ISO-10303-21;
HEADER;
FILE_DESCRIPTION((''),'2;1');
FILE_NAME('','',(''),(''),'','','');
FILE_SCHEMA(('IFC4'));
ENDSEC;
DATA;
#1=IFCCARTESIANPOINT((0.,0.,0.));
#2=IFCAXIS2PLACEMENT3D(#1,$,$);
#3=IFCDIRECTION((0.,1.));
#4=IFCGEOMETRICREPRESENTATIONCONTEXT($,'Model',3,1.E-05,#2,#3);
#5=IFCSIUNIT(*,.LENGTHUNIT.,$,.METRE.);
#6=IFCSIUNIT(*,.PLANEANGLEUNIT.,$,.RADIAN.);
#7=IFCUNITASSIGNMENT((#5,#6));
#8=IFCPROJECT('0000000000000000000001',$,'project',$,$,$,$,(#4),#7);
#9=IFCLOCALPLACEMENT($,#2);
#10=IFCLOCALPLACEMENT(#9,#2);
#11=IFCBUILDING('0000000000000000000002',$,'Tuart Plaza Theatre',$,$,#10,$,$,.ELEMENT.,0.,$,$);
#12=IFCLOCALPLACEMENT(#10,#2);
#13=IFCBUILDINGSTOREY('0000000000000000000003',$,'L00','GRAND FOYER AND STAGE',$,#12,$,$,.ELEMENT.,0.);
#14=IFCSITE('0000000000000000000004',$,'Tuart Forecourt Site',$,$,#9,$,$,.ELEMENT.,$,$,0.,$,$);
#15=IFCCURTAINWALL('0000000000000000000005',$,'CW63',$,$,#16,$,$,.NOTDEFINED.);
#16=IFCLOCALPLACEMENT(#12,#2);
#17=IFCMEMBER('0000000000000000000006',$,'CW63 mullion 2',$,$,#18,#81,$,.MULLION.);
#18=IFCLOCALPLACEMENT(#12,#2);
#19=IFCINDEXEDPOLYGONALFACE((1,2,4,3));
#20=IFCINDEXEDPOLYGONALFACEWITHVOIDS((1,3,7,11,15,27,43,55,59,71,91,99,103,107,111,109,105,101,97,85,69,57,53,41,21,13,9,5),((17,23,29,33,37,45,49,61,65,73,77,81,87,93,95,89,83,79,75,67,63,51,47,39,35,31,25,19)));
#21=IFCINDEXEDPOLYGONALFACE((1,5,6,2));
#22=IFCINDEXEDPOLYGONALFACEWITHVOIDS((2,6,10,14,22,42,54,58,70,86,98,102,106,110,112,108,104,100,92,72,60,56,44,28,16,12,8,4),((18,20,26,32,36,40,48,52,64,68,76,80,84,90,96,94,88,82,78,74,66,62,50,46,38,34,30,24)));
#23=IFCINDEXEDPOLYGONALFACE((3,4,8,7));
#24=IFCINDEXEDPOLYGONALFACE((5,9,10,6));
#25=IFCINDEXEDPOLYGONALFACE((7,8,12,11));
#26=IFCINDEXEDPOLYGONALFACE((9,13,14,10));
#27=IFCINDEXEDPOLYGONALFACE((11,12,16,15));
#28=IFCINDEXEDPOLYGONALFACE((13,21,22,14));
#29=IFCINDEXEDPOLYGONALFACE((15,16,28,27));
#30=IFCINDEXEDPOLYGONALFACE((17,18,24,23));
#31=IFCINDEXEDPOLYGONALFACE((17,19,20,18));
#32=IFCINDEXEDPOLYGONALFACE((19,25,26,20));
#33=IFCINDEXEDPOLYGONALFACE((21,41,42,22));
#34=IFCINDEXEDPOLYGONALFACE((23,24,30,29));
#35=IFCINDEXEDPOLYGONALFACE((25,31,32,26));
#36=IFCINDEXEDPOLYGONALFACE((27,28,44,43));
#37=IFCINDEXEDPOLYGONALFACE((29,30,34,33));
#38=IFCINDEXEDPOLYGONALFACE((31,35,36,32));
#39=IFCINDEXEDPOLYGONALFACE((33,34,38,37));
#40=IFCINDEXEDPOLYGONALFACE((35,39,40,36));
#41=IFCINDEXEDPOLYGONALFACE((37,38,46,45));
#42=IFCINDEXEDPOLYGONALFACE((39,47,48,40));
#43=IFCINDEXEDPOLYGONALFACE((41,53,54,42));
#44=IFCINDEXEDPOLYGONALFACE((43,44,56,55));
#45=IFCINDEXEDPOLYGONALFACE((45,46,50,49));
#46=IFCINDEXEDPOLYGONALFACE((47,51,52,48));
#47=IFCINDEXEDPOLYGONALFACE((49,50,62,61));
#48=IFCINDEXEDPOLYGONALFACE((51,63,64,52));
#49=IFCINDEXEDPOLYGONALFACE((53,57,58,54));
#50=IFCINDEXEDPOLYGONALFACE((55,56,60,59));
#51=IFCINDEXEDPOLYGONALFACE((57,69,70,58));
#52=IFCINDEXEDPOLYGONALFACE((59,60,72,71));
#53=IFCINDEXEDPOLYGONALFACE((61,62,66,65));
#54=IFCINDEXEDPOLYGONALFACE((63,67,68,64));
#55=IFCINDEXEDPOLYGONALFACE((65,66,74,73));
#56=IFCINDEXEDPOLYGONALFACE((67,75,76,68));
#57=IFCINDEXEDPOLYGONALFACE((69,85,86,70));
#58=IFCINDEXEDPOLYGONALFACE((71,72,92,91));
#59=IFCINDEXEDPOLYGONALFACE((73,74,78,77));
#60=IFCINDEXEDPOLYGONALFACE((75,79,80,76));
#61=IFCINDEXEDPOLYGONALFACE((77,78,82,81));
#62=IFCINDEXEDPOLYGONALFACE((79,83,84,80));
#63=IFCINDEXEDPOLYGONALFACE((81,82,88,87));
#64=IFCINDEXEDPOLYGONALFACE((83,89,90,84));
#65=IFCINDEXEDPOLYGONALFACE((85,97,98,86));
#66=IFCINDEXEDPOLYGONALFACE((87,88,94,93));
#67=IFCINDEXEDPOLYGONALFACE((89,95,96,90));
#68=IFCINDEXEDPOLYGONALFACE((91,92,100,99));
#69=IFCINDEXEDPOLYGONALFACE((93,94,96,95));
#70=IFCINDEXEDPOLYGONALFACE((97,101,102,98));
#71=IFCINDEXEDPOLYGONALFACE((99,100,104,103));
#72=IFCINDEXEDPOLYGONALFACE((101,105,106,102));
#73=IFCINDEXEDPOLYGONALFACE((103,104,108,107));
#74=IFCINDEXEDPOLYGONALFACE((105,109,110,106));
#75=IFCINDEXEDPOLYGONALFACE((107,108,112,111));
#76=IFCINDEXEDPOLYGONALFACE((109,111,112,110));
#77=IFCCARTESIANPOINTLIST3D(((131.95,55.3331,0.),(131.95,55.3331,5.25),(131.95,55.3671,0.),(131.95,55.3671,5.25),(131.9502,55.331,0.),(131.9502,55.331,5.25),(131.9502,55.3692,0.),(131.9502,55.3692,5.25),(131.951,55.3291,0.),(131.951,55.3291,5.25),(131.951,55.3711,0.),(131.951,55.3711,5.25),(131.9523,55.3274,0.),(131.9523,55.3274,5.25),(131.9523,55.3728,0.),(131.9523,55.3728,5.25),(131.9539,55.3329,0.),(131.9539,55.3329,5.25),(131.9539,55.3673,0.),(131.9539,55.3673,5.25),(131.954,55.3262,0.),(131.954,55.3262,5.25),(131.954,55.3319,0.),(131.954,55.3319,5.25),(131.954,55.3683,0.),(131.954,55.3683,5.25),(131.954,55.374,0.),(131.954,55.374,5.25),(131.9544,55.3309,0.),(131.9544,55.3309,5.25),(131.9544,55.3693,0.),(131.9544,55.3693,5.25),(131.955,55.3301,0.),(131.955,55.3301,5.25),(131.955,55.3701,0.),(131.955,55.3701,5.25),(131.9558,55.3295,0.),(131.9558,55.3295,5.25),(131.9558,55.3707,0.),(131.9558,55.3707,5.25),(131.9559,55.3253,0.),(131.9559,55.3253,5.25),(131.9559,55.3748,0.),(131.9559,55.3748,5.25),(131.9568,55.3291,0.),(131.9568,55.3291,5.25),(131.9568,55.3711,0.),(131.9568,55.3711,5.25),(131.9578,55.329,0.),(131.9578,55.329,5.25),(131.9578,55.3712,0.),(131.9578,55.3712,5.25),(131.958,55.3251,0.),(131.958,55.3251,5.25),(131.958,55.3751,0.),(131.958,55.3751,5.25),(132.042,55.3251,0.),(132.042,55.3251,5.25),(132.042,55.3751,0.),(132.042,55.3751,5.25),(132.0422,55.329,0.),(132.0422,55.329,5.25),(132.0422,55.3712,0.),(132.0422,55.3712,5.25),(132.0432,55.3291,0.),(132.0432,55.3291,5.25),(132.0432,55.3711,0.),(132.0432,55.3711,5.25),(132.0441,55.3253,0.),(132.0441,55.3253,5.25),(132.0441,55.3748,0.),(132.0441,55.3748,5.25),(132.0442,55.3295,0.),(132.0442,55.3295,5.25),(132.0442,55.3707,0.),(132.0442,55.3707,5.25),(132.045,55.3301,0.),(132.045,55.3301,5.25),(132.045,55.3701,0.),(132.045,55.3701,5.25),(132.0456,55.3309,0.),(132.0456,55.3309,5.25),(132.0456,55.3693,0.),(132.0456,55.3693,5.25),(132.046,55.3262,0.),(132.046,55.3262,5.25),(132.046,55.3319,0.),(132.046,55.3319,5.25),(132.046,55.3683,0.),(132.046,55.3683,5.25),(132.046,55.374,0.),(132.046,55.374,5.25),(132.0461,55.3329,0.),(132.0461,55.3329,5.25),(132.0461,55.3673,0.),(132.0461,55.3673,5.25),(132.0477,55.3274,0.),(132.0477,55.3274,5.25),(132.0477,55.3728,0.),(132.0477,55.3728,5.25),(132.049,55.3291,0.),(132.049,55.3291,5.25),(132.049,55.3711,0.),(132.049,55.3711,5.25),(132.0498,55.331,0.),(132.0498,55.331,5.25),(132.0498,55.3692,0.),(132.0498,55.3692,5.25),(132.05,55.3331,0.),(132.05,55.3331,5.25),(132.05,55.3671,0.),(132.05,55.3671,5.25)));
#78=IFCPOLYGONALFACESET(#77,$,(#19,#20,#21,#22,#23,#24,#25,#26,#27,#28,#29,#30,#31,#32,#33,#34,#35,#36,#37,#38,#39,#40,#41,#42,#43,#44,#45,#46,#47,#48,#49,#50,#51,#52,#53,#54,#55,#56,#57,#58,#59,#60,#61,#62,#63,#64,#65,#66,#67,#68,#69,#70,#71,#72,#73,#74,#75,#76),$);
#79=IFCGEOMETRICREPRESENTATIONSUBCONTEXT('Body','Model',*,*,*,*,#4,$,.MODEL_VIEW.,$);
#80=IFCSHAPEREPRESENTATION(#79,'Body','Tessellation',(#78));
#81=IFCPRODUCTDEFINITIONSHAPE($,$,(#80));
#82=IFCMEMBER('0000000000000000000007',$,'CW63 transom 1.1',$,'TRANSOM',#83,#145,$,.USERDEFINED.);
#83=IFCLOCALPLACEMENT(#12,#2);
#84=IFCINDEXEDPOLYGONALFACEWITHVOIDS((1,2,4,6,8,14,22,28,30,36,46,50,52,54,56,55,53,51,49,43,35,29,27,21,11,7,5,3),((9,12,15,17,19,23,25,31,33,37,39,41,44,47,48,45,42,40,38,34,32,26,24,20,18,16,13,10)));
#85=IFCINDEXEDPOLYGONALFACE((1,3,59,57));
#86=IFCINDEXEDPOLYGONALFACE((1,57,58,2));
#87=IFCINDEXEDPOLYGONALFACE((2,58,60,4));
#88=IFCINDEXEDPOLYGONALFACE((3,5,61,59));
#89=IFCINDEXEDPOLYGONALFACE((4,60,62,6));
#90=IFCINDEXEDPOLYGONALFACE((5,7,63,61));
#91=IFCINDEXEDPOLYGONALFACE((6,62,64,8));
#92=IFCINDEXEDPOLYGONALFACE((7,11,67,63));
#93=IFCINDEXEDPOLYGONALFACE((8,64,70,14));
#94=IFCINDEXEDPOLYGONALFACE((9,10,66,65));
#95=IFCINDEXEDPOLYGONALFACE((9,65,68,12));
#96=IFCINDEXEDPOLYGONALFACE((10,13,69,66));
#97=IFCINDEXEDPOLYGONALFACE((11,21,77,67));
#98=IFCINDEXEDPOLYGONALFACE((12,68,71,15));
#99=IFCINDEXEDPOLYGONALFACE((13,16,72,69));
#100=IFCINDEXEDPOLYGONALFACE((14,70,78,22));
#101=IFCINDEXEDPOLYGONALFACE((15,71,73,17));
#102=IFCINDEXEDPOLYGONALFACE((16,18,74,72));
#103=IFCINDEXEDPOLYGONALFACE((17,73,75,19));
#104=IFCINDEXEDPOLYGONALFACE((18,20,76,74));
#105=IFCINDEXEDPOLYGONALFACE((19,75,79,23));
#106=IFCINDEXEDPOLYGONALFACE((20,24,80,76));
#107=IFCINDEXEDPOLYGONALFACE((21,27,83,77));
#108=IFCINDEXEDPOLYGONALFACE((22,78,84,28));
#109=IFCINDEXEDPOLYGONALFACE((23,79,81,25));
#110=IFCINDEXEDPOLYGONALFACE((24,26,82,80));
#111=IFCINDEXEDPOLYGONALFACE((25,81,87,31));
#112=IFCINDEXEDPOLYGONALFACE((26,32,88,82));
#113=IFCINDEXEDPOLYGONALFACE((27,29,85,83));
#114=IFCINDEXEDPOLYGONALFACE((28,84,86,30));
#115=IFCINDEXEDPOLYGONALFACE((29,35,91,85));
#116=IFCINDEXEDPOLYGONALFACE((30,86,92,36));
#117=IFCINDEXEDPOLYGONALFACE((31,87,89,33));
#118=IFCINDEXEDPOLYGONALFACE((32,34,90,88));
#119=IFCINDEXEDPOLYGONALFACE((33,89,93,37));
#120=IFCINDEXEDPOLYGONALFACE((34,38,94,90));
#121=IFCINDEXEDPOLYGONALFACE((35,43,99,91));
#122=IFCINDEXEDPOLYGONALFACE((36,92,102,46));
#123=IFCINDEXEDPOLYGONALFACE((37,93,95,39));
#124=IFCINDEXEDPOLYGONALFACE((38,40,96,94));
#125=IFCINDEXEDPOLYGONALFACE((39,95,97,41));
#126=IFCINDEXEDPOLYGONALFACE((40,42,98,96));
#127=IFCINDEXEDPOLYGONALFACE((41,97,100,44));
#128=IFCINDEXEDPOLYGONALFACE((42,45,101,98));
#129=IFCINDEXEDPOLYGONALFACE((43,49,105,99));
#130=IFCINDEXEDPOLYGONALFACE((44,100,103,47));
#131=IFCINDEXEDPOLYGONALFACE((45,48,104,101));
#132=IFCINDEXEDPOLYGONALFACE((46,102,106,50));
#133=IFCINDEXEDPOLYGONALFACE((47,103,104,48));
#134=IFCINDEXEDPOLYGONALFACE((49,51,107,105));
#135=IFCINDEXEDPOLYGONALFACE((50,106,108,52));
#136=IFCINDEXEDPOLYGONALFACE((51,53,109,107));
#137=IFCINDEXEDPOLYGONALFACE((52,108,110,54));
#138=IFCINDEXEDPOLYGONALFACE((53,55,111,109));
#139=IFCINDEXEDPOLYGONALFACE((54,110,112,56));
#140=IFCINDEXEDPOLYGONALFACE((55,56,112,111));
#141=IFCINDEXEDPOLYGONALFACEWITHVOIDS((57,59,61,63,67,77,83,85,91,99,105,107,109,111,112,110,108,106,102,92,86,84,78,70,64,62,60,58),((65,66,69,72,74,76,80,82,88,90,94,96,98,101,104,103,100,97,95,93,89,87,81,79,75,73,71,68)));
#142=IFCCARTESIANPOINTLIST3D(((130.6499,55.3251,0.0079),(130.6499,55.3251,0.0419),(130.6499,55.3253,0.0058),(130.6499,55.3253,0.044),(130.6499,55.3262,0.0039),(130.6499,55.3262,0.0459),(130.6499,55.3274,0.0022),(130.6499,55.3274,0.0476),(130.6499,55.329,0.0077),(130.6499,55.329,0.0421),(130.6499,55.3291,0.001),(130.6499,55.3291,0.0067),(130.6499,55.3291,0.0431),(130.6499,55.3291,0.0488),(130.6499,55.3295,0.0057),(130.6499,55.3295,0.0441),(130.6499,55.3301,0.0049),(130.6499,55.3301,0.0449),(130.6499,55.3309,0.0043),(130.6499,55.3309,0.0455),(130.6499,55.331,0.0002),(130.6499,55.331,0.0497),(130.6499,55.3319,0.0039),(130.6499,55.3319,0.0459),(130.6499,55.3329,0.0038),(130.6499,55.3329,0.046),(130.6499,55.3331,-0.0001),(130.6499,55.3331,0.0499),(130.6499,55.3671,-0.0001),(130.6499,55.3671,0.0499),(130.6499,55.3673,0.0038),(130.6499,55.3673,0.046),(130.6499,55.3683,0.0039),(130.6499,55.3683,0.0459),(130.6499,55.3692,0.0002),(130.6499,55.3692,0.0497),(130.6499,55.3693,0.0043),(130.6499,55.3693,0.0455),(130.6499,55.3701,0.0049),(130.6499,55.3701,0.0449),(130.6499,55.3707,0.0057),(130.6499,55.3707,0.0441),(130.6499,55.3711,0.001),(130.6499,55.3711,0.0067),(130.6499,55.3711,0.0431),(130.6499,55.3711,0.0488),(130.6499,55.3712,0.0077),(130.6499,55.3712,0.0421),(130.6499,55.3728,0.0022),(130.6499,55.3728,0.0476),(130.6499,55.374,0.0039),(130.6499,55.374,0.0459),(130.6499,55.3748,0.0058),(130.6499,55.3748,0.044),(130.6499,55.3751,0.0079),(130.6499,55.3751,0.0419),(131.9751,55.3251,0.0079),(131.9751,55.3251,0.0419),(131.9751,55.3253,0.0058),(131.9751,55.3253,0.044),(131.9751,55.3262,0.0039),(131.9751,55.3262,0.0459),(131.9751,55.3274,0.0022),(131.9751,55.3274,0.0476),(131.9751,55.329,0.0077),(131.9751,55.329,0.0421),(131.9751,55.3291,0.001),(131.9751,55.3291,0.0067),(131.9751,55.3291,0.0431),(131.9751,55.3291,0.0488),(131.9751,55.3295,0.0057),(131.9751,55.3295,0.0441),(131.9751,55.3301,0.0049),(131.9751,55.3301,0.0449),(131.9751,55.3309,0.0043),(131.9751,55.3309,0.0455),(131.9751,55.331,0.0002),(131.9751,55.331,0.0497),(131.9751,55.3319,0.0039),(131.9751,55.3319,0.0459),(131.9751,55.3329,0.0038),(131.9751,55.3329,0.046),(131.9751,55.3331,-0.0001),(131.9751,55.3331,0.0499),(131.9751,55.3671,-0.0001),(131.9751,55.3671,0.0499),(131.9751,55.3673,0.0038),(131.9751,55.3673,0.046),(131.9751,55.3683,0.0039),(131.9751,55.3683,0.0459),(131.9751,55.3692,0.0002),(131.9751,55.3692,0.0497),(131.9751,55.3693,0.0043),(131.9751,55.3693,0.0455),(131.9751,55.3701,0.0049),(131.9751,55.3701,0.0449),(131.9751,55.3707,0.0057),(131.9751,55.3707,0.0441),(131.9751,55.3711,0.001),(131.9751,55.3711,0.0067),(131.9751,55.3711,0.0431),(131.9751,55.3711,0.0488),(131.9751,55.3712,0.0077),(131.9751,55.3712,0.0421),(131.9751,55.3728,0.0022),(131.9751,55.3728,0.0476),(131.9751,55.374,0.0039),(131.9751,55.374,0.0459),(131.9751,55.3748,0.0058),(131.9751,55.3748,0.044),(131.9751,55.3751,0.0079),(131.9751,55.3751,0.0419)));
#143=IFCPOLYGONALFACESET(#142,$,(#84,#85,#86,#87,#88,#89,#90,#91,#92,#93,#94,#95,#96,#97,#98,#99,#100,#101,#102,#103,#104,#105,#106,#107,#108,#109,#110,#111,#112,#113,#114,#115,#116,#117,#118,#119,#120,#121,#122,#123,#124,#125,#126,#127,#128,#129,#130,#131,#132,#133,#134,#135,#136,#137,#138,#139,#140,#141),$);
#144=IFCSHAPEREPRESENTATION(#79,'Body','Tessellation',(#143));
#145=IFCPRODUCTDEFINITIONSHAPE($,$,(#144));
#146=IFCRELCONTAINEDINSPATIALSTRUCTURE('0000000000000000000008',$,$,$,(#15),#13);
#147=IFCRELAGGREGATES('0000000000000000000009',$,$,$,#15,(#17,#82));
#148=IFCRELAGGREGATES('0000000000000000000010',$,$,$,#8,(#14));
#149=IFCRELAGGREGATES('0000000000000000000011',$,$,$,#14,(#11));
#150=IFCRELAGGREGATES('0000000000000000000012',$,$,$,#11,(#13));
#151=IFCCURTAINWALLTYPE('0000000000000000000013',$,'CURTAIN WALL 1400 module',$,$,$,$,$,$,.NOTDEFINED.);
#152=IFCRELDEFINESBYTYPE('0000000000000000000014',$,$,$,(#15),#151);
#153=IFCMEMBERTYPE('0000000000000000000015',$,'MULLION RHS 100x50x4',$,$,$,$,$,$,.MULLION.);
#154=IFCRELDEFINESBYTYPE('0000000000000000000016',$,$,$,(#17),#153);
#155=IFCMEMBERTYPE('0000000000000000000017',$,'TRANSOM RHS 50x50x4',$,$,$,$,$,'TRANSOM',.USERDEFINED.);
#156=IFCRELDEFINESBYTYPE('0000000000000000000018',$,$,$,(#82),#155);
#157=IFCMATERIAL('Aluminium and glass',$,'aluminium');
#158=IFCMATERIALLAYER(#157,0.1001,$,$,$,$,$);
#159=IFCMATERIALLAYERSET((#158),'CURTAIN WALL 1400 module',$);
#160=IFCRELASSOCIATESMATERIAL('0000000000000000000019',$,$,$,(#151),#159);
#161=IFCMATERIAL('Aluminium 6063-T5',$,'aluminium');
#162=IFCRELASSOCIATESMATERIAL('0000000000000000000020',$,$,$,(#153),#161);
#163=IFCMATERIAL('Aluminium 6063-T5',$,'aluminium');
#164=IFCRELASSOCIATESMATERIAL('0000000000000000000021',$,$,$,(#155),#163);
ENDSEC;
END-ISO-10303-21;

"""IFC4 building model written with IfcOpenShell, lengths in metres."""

from ifc_helpers import new_model, si_unit, direction, frame, origin, origin_2d, place, context, subcontext, project, spatial, hollow_rectangle, extrude, material, layer, layer_set, material_profile, profile_set, type_object, element, aggregate, save


model = new_model("IFC4")

# Units and contexts
model_context = context("Model", 3, precision=1e-05, world=origin(), true_north=direction((0.0, 1.0)))
body_context = subcontext(model_context, "Body", "Model", "MODEL_VIEW")
ifc_project = project(units=[si_unit("LENGTHUNIT", "METRE"), si_unit("PLANEANGLEUNIT", "RADIAN")], contexts=[model_context])

# Site, building, storey
site_placement = place(None, origin())
site = spatial("IfcSite", under=ifc_project, at=site_placement, Name="Tuart Forecourt Site", CompositionType="ELEMENT", RefElevation=0.0)
building_placement = place(site_placement, origin())
building = spatial("IfcBuilding", under=site, at=building_placement, Name="Tuart Plaza Theatre", CompositionType="ELEMENT", ElevationOfRefHeight=0.0)
storey_placement = place(building_placement, origin())
storey = spatial("IfcBuildingStorey", under=building, at=storey_placement, Name="L00", Description="GRAND FOYER AND STAGE", CompositionType="ELEMENT", Elevation=0.0)

# Curtain wall, members
ifc_material_1 = material(Name="Aluminium and glass", Category="aluminium")
ifc_layer_1 = layer(ifc_material_1, 0.1001)
ifc_layer_set_1 = layer_set([ifc_layer_1], Name="CURTAIN WALL 1400 module")
curtain_wall_type_1 = type_object("IfcCurtainWallType", Name="CURTAIN WALL 1400 module", PredefinedType="NOTDEFINED", material=ifc_layer_set_1)
curtain_wall_1_placement = place(storey_placement, origin())
curtain_wall_1 = element("IfcCurtainWall", 1, at=curtain_wall_1_placement, inside=storey, type_object=curtain_wall_type_1, Name="CW63", PredefinedType="NOTDEFINED")
ifc_material_2 = material(Name="Aluminium 6063-T5", Category="aluminium")
ifc_material_profile_1 = material_profile(ifc_material_2, hollow_rectangle(XDim=0.05, YDim=0.1001, WallThickness=0.0039, InnerFilletRadius=0.0039, OuterFilletRadius=0.0081, at=origin_2d()), Name="RHS 100x50x4")
ifc_profile_set_1 = profile_set([ifc_material_profile_1], Name="Aluminium 6063-T5")
member_type_1 = type_object("IfcMemberType", Name="MULLION RHS 100x50x4", PredefinedType="MULLION", material=ifc_profile_set_1)
member_1_placement = place(storey_placement, frame((132.0, 55.3501, 0.0), z_axis=(0.0, 0.0, 1.0), x_axis=(0.0, 1.0, 0.0)))
member_1 = element("IfcMember", 2, at=member_1_placement, type_object=member_type_1, Name="CW63 mullion 2", PredefinedType="MULLION", context=body_context, shape_type="SweptSolid", body=[
    extrude(hollow_rectangle(XDim=0.05, YDim=0.1001, WallThickness=0.0039, InnerFilletRadius=0.0039, OuterFilletRadius=0.0081, at=origin_2d()), origin(), (0.0, 0.0, 1.0), 5.25),
])
ifc_material_3 = material(Name="Aluminium 6063-T5", Category="aluminium")
ifc_material_profile_2 = material_profile(ifc_material_3, hollow_rectangle(XDim=0.05, YDim=0.05, WallThickness=0.0039, InnerFilletRadius=0.0039, OuterFilletRadius=0.0081, at=origin_2d()), Name="RHS 50x50x4")
ifc_profile_set_2 = profile_set([ifc_material_profile_2], Name="Aluminium 6063-T5")
member_type_2 = type_object("IfcMemberType", Name="TRANSOM RHS 50x50x4", ElementType="TRANSOM", PredefinedType="USERDEFINED", material=ifc_profile_set_2)
member_2_placement = place(storey_placement, frame((130.6499, 55.3501, 0.0249), z_axis=(1.0, 0.0, 0.0), x_axis=(0.0, 1.0, 0.0)))
member_2 = element("IfcMember", 3, at=member_2_placement, type_object=member_type_2, Name="CW63 transom 1.1", ObjectType="TRANSOM", PredefinedType="USERDEFINED", context=body_context, shape_type="SweptSolid", body=[
    extrude(hollow_rectangle(XDim=0.05, YDim=0.05, WallThickness=0.0039, InnerFilletRadius=0.0039, OuterFilletRadius=0.0081, at=origin_2d()), origin(), (0.0, 0.0, 1.0), 1.3252),
])

aggregate(curtain_wall_1, [member_1, member_2])

save(model, "model.ifc")
